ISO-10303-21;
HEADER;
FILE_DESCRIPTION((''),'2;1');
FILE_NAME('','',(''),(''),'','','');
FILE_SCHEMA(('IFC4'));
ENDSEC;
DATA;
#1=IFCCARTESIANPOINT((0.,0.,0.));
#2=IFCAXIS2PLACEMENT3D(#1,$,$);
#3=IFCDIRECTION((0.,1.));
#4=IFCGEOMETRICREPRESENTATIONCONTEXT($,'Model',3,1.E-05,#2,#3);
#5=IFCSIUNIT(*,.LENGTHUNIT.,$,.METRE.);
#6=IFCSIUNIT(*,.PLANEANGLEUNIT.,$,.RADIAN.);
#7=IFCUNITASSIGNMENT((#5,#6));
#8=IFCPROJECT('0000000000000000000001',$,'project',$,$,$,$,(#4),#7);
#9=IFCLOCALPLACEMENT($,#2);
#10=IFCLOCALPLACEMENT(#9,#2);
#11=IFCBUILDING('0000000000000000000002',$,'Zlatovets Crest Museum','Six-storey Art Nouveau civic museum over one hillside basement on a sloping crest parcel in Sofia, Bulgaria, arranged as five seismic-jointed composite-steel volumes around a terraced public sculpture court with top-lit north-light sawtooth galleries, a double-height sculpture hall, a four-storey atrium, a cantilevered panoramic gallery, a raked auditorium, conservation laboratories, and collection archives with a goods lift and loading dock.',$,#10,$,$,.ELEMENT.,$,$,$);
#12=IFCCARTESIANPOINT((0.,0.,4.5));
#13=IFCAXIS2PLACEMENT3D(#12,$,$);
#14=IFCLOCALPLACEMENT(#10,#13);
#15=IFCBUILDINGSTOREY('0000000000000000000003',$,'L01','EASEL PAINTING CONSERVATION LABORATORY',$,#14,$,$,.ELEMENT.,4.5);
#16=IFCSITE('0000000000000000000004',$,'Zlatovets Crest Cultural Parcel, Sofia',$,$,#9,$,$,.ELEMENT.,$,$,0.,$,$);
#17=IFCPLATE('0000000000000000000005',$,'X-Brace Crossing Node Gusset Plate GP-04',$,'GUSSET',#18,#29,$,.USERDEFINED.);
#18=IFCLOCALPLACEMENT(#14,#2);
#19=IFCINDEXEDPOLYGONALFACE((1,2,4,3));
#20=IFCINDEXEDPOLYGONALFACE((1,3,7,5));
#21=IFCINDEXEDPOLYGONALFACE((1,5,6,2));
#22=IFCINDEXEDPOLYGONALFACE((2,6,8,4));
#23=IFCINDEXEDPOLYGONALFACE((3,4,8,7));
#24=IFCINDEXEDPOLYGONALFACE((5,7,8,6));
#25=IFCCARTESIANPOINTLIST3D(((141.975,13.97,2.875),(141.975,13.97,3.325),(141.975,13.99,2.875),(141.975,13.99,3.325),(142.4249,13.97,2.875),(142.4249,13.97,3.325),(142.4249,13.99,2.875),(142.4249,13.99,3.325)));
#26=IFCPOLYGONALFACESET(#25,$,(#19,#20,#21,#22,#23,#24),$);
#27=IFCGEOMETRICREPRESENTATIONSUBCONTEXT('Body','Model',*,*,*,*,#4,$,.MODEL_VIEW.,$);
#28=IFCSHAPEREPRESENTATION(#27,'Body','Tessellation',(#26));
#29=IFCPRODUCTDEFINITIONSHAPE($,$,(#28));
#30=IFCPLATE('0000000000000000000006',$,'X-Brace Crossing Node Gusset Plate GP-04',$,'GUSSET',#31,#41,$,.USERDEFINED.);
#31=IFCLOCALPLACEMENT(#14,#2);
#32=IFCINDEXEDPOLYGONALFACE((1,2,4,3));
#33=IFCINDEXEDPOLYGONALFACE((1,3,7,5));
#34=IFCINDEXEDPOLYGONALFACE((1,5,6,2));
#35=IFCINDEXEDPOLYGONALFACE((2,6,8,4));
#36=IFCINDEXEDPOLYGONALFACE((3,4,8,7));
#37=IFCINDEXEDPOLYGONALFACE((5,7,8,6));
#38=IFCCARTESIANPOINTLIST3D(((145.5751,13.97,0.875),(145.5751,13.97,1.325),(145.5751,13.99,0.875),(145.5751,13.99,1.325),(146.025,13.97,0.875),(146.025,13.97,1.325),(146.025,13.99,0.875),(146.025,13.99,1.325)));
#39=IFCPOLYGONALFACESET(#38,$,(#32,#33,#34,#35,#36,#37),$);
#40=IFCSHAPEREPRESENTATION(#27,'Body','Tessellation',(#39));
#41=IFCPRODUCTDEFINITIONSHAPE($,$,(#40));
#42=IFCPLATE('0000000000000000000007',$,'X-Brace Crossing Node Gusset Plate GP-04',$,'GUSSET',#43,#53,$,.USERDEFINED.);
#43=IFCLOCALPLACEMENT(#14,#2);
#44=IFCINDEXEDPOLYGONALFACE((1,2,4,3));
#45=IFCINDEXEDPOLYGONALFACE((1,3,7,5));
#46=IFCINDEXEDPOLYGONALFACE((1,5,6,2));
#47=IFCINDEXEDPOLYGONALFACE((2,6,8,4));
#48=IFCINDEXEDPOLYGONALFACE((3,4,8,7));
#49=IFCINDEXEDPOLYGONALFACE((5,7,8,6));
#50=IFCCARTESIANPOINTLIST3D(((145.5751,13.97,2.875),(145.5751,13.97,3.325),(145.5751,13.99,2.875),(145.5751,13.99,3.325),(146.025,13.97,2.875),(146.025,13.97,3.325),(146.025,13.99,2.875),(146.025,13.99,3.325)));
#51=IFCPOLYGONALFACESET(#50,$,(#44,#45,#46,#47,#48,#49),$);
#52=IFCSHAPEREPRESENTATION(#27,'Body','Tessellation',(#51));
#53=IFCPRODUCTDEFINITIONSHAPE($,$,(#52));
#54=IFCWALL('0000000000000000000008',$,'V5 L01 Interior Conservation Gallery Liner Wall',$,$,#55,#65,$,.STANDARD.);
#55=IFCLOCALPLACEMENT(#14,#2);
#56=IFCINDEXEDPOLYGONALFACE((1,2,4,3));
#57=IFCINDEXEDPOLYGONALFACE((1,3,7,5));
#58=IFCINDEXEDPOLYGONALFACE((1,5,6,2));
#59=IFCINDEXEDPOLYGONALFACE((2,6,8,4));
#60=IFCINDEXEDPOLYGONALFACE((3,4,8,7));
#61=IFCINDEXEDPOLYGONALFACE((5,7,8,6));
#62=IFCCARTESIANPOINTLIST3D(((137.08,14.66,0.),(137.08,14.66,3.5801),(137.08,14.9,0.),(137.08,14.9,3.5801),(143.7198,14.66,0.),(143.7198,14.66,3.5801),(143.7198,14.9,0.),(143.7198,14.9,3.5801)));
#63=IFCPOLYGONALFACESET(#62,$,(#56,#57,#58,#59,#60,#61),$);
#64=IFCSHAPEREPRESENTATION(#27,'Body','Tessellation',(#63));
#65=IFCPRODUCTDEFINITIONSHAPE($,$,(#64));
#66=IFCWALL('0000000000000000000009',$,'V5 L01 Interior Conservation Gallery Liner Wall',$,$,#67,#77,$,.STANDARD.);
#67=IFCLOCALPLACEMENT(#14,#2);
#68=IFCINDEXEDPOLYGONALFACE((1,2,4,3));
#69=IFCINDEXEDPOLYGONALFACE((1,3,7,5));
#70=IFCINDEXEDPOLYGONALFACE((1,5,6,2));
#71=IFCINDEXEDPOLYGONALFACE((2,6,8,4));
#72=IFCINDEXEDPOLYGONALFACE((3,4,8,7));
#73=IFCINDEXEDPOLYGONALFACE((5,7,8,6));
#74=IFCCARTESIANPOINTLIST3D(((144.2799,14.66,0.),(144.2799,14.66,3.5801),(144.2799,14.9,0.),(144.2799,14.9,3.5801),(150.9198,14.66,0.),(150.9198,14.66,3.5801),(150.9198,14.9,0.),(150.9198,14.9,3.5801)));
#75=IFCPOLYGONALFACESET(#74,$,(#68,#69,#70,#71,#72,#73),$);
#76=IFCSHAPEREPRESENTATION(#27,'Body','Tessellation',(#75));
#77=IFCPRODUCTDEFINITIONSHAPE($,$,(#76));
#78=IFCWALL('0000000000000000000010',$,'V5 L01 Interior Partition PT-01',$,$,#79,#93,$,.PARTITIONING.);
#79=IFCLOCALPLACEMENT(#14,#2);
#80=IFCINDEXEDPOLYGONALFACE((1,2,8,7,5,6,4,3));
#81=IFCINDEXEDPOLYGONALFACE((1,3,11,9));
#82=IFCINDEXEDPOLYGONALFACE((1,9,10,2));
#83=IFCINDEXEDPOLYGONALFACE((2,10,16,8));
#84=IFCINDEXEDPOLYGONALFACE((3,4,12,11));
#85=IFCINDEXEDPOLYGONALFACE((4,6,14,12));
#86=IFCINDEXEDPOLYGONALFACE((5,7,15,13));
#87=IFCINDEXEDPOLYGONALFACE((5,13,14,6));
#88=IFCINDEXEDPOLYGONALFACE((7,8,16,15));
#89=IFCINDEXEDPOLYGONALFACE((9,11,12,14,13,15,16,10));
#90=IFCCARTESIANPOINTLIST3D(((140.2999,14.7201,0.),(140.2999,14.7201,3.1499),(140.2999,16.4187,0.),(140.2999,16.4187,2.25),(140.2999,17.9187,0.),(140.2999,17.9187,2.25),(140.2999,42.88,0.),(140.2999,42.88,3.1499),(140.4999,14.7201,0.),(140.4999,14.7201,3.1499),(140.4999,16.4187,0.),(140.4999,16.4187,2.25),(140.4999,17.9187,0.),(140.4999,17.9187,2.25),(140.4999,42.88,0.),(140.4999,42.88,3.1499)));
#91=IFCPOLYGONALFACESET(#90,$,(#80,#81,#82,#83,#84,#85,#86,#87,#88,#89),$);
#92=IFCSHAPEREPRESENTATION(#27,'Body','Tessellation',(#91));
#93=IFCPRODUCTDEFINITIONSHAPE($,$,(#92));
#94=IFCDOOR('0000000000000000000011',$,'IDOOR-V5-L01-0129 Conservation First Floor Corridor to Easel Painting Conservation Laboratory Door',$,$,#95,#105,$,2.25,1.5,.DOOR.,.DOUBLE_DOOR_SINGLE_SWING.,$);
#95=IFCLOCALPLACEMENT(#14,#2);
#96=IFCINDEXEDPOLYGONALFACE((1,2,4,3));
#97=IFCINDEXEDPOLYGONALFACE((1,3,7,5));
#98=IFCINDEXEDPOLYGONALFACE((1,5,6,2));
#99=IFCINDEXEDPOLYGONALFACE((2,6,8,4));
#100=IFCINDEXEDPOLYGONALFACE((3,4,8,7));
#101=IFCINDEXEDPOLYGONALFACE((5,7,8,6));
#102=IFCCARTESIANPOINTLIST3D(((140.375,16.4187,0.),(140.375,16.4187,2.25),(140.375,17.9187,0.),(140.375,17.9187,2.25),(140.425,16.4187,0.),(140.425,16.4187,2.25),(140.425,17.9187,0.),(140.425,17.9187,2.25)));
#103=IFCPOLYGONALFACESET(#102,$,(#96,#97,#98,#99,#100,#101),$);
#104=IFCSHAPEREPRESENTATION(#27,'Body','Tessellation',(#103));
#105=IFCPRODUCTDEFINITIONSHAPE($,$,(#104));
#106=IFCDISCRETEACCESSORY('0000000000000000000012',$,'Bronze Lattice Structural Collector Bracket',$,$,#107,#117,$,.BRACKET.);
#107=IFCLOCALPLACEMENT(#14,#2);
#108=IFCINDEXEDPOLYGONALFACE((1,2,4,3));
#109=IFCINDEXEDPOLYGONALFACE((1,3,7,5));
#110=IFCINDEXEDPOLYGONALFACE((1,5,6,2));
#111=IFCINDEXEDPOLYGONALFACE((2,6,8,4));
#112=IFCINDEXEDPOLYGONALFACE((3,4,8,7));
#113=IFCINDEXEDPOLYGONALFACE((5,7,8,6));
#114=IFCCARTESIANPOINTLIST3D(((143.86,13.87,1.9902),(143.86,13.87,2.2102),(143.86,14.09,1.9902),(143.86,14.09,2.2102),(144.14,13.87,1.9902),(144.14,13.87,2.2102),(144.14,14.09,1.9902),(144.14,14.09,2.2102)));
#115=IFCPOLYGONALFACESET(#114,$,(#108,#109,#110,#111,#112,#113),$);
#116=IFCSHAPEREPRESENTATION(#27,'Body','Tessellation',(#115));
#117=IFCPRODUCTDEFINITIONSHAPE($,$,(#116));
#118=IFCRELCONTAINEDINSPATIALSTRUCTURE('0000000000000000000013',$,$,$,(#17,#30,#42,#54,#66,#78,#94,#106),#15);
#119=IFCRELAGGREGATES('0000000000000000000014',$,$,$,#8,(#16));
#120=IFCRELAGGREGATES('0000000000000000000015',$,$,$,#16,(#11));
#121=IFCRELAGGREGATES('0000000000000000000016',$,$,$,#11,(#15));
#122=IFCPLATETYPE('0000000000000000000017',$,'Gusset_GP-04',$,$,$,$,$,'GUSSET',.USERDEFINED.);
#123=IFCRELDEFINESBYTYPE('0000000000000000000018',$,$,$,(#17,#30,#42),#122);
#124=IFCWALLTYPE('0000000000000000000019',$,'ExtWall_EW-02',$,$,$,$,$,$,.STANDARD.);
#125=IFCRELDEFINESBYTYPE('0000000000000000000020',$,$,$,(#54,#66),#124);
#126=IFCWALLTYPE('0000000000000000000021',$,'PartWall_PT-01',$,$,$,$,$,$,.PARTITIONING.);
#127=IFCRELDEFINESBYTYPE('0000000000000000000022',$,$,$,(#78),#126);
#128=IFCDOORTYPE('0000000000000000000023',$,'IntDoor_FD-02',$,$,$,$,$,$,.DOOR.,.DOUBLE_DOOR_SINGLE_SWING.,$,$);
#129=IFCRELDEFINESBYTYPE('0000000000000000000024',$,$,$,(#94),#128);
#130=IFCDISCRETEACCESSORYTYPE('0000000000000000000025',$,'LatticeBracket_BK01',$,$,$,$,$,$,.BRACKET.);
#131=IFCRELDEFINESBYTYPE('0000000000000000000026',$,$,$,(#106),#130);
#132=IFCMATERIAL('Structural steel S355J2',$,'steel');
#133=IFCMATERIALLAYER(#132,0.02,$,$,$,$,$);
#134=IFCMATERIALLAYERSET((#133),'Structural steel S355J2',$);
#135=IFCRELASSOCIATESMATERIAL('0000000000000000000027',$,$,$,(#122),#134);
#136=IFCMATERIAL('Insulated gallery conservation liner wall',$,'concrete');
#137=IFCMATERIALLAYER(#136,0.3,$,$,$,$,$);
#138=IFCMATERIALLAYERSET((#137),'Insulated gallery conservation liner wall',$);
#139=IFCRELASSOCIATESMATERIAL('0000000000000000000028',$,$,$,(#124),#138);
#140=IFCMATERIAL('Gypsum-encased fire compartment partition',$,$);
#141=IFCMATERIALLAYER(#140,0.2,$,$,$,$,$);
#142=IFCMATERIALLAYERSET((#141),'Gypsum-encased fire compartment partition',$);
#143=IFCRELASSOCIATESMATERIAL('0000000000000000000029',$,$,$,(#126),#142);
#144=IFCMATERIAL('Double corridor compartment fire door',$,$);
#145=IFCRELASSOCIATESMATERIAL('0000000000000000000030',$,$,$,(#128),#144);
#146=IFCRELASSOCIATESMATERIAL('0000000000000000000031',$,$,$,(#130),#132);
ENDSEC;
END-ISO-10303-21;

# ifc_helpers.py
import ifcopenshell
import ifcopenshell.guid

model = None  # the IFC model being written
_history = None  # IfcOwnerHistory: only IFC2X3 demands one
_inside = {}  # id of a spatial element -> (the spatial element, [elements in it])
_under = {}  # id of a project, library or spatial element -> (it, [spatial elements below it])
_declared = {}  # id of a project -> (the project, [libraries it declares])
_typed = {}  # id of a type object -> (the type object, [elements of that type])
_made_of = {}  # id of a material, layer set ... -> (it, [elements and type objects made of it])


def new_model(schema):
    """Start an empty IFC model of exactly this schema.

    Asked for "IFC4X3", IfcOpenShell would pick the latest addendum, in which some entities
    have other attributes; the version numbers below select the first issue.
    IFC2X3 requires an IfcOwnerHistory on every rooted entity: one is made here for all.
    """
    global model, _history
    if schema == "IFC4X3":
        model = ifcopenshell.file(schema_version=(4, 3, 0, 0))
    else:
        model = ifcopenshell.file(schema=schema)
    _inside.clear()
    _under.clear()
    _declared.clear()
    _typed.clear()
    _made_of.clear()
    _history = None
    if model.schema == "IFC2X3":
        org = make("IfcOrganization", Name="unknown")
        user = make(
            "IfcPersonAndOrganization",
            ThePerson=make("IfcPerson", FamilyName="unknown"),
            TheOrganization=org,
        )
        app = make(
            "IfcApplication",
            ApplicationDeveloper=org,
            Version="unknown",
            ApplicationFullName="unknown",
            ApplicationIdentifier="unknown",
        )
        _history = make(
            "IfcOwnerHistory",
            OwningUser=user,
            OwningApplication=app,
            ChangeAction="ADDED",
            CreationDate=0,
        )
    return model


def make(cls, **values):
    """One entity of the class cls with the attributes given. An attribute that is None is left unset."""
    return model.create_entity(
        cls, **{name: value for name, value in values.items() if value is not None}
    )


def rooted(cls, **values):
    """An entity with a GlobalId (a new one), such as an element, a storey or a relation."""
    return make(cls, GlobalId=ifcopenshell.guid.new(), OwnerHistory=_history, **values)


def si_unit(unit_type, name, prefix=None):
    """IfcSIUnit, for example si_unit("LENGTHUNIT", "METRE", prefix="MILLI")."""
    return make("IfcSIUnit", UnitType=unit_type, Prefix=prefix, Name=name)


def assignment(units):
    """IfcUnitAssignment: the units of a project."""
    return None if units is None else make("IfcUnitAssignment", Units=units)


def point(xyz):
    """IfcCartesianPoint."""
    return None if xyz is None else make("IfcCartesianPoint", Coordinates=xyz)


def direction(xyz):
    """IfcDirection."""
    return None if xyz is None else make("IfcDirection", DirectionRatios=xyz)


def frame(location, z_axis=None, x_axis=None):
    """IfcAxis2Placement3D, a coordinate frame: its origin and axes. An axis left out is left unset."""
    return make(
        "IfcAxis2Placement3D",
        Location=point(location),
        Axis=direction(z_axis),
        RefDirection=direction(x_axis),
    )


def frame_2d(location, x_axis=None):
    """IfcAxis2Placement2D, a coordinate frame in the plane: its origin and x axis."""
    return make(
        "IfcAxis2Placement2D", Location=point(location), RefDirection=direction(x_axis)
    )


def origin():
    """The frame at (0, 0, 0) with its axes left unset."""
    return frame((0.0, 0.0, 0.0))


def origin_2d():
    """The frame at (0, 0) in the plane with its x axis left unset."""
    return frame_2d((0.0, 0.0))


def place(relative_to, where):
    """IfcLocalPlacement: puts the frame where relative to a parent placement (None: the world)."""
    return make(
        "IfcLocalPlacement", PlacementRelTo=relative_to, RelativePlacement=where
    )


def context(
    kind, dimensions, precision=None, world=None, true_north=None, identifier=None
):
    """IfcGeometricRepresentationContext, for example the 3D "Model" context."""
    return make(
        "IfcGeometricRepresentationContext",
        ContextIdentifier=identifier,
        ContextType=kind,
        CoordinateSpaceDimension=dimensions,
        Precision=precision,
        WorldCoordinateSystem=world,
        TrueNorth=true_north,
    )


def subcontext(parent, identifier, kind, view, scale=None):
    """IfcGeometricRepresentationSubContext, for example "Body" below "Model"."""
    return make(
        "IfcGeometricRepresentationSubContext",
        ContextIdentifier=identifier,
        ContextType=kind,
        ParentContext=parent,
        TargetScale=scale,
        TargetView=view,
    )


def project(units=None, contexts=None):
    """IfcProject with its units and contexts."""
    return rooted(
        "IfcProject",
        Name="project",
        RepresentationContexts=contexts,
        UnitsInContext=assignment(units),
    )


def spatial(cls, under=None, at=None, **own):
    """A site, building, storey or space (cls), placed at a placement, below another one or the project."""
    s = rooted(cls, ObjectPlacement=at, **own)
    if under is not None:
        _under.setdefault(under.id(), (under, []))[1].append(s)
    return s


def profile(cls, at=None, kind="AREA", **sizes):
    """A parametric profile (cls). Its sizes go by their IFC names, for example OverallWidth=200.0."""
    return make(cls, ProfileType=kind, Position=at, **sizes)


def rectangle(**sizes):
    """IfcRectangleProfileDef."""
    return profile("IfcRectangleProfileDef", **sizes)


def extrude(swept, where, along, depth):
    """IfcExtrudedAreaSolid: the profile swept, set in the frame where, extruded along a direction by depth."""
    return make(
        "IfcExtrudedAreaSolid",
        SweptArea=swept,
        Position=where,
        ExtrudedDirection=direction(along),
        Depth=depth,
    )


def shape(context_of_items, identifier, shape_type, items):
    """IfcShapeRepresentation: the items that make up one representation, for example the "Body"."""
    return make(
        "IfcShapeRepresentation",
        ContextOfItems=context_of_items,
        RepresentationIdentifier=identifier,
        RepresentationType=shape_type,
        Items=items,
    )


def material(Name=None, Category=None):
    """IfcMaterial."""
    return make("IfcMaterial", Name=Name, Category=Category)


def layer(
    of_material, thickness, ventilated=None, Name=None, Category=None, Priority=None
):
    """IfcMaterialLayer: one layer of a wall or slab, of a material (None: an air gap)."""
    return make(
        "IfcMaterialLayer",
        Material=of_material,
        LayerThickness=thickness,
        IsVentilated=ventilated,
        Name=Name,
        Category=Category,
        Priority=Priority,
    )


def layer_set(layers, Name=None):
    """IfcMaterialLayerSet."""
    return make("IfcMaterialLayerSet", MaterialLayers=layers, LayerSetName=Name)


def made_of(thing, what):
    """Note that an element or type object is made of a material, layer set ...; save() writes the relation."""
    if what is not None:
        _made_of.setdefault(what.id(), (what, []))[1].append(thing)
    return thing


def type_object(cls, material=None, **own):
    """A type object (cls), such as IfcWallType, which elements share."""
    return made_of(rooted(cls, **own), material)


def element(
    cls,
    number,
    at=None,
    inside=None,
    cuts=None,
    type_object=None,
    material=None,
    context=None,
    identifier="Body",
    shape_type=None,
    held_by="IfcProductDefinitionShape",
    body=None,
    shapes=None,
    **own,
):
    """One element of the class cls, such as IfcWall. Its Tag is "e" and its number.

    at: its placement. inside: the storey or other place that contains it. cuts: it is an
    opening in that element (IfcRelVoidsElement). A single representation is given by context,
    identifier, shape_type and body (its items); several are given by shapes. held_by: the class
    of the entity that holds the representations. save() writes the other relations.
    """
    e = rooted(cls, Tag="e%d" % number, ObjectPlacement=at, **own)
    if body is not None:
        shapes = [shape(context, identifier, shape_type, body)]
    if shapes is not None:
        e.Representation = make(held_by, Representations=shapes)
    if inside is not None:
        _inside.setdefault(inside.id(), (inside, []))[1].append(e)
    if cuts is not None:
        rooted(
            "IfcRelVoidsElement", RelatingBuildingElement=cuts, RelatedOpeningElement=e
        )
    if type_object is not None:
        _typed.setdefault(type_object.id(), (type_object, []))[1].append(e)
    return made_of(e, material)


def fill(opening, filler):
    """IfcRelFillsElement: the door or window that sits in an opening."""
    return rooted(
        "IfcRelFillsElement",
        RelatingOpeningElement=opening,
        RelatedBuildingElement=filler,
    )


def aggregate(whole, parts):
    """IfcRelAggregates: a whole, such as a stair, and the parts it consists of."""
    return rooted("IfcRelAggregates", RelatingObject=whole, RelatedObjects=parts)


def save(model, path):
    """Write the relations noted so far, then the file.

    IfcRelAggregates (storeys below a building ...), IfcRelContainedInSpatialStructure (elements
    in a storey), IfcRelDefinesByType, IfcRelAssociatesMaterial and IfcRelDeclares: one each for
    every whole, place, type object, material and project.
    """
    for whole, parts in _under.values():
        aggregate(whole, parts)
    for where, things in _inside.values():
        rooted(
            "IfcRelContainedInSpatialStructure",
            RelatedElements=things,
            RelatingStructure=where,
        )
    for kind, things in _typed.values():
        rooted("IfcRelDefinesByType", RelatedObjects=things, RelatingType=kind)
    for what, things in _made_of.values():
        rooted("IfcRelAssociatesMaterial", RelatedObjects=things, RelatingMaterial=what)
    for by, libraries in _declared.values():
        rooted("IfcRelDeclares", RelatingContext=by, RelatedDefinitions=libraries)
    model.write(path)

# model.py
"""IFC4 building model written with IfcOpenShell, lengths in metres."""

from ifc_helpers import new_model, si_unit, direction, frame, frame_2d, origin, origin_2d, place, context, subcontext, project, spatial, rectangle, extrude, material, layer, layer_set, type_object, element, fill, save


model = new_model("IFC4")

# Units and contexts
model_context = context("Model", 3, precision=1e-05, world=origin(), true_north=direction((0.0, 1.0)))
body_context = subcontext(model_context, "Body", "Model", "MODEL_VIEW")
ifc_project = project(units=[si_unit("LENGTHUNIT", "METRE"), si_unit("PLANEANGLEUNIT", "RADIAN")], contexts=[model_context])

# Site, building, storey
site_placement = place(None, origin())
site = spatial("IfcSite", under=ifc_project, at=site_placement, Name="Zlatovets Crest Cultural Parcel, Sofia", CompositionType="ELEMENT", RefElevation=0.0)
building_placement = place(site_placement, origin())
building = spatial("IfcBuilding", under=site, at=building_placement, Name="Zlatovets Crest Museum", Description="Six-storey Art Nouveau civic museum over one hillside basement on a sloping crest parcel in Sofia, Bulgaria, arranged as five seismic-jointed composite-steel volumes around a terraced public sculpture court with top-lit north-light sawtooth galleries, a double-height sculpture hall, a four-storey atrium, a cantilevered panoramic gallery, a raked auditorium, conservation laboratories, and collection archives with a goods lift and loading dock.", CompositionType="ELEMENT")
storey_placement = place(building_placement, frame((0.0, 0.0, 4.5)))
storey = spatial("IfcBuildingStorey", under=building, at=storey_placement, Name="L01", Description="EASEL PAINTING CONSERVATION LABORATORY", CompositionType="ELEMENT", Elevation=4.5)

# Shared definitions
ifc_material_1 = material(Name="Structural steel S355J2", Category="steel")

# Plates
ifc_layer_1 = layer(ifc_material_1, 0.02)
ifc_layer_set_1 = layer_set([ifc_layer_1], Name="Structural steel S355J2")
plate_type_1 = type_object("IfcPlateType", Name="Gusset_GP-04", ElementType="GUSSET", PredefinedType="USERDEFINED", material=ifc_layer_set_1)
for number, where, z_axis, x_axis, name in (
    (1, (142.2, 13.98, 2.875), (0.0, 0.0, 1.0), (1.0, 0.0, 0.0), "X-Brace Crossing Node Gusset Plate GP-04"),
    (2, (145.8, 13.98, 0.875), (0.0, 0.0, 1.0), (1.0, 0.0, 0.0), "X-Brace Crossing Node Gusset Plate GP-04"),
    (3, (145.8, 13.98, 2.875), (0.0, 0.0, 1.0), (1.0, 0.0, 0.0), "X-Brace Crossing Node Gusset Plate GP-04"),
):
    element("IfcPlate", number, at=place(storey_placement, frame(where, z_axis=z_axis, x_axis=x_axis)), inside=storey, type_object=plate_type_1, Name=name, ObjectType="GUSSET", PredefinedType="USERDEFINED", context=body_context, shape_type="SweptSolid", body=[
        extrude(rectangle(XDim=0.45, YDim=0.02, at=origin_2d()), origin(), (0.0, 0.0, 1.0), 0.45),
    ])

# Walls
ifc_material_2 = material(Name="Insulated gallery conservation liner wall", Category="concrete")
ifc_layer_2 = layer(ifc_material_2, 0.3)
ifc_layer_set_2 = layer_set([ifc_layer_2], Name="Insulated gallery conservation liner wall")
wall_type_1 = type_object("IfcWallType", Name="ExtWall_EW-02", PredefinedType="STANDARD", material=ifc_layer_set_2)
for number, where, z_axis, x_axis, name in (
    (4, (137.0801, 14.78, 0.0), (0.0, 0.0, 1.0), (1.0, 0.0, 0.0), "V5 L01 Interior Conservation Gallery Liner Wall"),
    (5, (144.28, 14.78, 0.0), (0.0, 0.0, 1.0), (1.0, 0.0, 0.0), "V5 L01 Interior Conservation Gallery Liner Wall"),
):
    element("IfcWall", number, at=place(storey_placement, frame(where, z_axis=z_axis, x_axis=x_axis)), inside=storey, type_object=wall_type_1, Name=name, PredefinedType="STANDARD", context=body_context, shape_type="SweptSolid", body=[
        extrude(rectangle(XDim=6.6399, YDim=0.24, at=frame_2d((3.3198, 0.0))), origin(), (0.0, 0.0, 1.0), 3.5801),
    ])

# Wall, opening, door
ifc_material_3 = material(Name="Gypsum-encased fire compartment partition")
ifc_layer_3 = layer(ifc_material_3, 0.2)
ifc_layer_set_3 = layer_set([ifc_layer_3], Name="Gypsum-encased fire compartment partition")
wall_type_2 = type_object("IfcWallType", Name="PartWall_PT-01", PredefinedType="PARTITIONING", material=ifc_layer_set_3)
wall_placement = place(storey_placement, frame((140.3999, 14.72, 0.0), z_axis=(0.0, 0.0, 1.0), x_axis=(0.0, 1.0, 0.0)))
wall = element("IfcWall", 6, at=wall_placement, inside=storey, type_object=wall_type_2, Name="V5 L01 Interior Partition PT-01", PredefinedType="PARTITIONING", context=body_context, shape_type="SweptSolid", body=[
    extrude(rectangle(XDim=28.1599, YDim=0.2, at=frame_2d((14.0801, 0.0))), origin(), (0.0, 0.0, 1.0), 3.1499),
])
opening_placement = place(wall_placement, frame((1.6987, 0.0, 0.0)))
opening = element("IfcOpeningElement", 7, at=opening_placement, cuts=wall, PredefinedType="OPENING", context=body_context, shape_type="SweptSolid", body=[
    extrude(rectangle(XDim=1.5, YDim=2.25, at=frame_2d((0.75, 1.125))), frame((0.0, 0.1099, 0.0), z_axis=(0.0, -1.0, 0.0), x_axis=(1.0, 0.0, 0.0)), (0.0, 0.0, 1.0), 0.22),
])
ifc_material_4 = material(Name="Double corridor compartment fire door")
door_type = type_object("IfcDoorType", Name="IntDoor_FD-02", OperationType="DOUBLE_DOOR_SINGLE_SWING", PredefinedType="DOOR", material=ifc_material_4)
door_placement = place(opening_placement, origin())
door = element("IfcDoor", 8, at=door_placement, inside=storey, type_object=door_type, Name="IDOOR-V5-L01-0129 Conservation First Floor Corridor to Easel Painting Conservation Laboratory Door", OperationType="DOUBLE_DOOR_SINGLE_SWING", OverallHeight=2.25, OverallWidth=1.5, PredefinedType="DOOR", context=body_context, shape_type="SweptSolid", body=[
    extrude(rectangle(XDim=1.5, YDim=2.25, at=frame_2d((0.75, 1.125))), frame((0.0, 0.0249, 0.0), z_axis=(0.0, -1.0, 0.0), x_axis=(1.0, 0.0, 0.0)), (0.0, 0.0, 1.0), 0.05),
])
fill(opening, door)

# Discrete accessory
discrete_accessory_type = type_object("IfcDiscreteAccessoryType", Name="LatticeBracket_BK01", PredefinedType="BRACKET", material=ifc_material_1)
discrete_accessory_placement = place(storey_placement, frame((144.0, 13.98, 1.9902), z_axis=(0.0, 0.0, 1.0), x_axis=(1.0, 0.0, 0.0)))
element("IfcDiscreteAccessory", 9, at=discrete_accessory_placement, inside=storey, type_object=discrete_accessory_type, Name="Bronze Lattice Structural Collector Bracket", PredefinedType="BRACKET", context=body_context, shape_type="SweptSolid", body=[
    extrude(rectangle(XDim=0.28, YDim=0.22, at=origin_2d()), origin(), (0.0, 0.0, 1.0), 0.22),
])

save(model, "model.ifc")
